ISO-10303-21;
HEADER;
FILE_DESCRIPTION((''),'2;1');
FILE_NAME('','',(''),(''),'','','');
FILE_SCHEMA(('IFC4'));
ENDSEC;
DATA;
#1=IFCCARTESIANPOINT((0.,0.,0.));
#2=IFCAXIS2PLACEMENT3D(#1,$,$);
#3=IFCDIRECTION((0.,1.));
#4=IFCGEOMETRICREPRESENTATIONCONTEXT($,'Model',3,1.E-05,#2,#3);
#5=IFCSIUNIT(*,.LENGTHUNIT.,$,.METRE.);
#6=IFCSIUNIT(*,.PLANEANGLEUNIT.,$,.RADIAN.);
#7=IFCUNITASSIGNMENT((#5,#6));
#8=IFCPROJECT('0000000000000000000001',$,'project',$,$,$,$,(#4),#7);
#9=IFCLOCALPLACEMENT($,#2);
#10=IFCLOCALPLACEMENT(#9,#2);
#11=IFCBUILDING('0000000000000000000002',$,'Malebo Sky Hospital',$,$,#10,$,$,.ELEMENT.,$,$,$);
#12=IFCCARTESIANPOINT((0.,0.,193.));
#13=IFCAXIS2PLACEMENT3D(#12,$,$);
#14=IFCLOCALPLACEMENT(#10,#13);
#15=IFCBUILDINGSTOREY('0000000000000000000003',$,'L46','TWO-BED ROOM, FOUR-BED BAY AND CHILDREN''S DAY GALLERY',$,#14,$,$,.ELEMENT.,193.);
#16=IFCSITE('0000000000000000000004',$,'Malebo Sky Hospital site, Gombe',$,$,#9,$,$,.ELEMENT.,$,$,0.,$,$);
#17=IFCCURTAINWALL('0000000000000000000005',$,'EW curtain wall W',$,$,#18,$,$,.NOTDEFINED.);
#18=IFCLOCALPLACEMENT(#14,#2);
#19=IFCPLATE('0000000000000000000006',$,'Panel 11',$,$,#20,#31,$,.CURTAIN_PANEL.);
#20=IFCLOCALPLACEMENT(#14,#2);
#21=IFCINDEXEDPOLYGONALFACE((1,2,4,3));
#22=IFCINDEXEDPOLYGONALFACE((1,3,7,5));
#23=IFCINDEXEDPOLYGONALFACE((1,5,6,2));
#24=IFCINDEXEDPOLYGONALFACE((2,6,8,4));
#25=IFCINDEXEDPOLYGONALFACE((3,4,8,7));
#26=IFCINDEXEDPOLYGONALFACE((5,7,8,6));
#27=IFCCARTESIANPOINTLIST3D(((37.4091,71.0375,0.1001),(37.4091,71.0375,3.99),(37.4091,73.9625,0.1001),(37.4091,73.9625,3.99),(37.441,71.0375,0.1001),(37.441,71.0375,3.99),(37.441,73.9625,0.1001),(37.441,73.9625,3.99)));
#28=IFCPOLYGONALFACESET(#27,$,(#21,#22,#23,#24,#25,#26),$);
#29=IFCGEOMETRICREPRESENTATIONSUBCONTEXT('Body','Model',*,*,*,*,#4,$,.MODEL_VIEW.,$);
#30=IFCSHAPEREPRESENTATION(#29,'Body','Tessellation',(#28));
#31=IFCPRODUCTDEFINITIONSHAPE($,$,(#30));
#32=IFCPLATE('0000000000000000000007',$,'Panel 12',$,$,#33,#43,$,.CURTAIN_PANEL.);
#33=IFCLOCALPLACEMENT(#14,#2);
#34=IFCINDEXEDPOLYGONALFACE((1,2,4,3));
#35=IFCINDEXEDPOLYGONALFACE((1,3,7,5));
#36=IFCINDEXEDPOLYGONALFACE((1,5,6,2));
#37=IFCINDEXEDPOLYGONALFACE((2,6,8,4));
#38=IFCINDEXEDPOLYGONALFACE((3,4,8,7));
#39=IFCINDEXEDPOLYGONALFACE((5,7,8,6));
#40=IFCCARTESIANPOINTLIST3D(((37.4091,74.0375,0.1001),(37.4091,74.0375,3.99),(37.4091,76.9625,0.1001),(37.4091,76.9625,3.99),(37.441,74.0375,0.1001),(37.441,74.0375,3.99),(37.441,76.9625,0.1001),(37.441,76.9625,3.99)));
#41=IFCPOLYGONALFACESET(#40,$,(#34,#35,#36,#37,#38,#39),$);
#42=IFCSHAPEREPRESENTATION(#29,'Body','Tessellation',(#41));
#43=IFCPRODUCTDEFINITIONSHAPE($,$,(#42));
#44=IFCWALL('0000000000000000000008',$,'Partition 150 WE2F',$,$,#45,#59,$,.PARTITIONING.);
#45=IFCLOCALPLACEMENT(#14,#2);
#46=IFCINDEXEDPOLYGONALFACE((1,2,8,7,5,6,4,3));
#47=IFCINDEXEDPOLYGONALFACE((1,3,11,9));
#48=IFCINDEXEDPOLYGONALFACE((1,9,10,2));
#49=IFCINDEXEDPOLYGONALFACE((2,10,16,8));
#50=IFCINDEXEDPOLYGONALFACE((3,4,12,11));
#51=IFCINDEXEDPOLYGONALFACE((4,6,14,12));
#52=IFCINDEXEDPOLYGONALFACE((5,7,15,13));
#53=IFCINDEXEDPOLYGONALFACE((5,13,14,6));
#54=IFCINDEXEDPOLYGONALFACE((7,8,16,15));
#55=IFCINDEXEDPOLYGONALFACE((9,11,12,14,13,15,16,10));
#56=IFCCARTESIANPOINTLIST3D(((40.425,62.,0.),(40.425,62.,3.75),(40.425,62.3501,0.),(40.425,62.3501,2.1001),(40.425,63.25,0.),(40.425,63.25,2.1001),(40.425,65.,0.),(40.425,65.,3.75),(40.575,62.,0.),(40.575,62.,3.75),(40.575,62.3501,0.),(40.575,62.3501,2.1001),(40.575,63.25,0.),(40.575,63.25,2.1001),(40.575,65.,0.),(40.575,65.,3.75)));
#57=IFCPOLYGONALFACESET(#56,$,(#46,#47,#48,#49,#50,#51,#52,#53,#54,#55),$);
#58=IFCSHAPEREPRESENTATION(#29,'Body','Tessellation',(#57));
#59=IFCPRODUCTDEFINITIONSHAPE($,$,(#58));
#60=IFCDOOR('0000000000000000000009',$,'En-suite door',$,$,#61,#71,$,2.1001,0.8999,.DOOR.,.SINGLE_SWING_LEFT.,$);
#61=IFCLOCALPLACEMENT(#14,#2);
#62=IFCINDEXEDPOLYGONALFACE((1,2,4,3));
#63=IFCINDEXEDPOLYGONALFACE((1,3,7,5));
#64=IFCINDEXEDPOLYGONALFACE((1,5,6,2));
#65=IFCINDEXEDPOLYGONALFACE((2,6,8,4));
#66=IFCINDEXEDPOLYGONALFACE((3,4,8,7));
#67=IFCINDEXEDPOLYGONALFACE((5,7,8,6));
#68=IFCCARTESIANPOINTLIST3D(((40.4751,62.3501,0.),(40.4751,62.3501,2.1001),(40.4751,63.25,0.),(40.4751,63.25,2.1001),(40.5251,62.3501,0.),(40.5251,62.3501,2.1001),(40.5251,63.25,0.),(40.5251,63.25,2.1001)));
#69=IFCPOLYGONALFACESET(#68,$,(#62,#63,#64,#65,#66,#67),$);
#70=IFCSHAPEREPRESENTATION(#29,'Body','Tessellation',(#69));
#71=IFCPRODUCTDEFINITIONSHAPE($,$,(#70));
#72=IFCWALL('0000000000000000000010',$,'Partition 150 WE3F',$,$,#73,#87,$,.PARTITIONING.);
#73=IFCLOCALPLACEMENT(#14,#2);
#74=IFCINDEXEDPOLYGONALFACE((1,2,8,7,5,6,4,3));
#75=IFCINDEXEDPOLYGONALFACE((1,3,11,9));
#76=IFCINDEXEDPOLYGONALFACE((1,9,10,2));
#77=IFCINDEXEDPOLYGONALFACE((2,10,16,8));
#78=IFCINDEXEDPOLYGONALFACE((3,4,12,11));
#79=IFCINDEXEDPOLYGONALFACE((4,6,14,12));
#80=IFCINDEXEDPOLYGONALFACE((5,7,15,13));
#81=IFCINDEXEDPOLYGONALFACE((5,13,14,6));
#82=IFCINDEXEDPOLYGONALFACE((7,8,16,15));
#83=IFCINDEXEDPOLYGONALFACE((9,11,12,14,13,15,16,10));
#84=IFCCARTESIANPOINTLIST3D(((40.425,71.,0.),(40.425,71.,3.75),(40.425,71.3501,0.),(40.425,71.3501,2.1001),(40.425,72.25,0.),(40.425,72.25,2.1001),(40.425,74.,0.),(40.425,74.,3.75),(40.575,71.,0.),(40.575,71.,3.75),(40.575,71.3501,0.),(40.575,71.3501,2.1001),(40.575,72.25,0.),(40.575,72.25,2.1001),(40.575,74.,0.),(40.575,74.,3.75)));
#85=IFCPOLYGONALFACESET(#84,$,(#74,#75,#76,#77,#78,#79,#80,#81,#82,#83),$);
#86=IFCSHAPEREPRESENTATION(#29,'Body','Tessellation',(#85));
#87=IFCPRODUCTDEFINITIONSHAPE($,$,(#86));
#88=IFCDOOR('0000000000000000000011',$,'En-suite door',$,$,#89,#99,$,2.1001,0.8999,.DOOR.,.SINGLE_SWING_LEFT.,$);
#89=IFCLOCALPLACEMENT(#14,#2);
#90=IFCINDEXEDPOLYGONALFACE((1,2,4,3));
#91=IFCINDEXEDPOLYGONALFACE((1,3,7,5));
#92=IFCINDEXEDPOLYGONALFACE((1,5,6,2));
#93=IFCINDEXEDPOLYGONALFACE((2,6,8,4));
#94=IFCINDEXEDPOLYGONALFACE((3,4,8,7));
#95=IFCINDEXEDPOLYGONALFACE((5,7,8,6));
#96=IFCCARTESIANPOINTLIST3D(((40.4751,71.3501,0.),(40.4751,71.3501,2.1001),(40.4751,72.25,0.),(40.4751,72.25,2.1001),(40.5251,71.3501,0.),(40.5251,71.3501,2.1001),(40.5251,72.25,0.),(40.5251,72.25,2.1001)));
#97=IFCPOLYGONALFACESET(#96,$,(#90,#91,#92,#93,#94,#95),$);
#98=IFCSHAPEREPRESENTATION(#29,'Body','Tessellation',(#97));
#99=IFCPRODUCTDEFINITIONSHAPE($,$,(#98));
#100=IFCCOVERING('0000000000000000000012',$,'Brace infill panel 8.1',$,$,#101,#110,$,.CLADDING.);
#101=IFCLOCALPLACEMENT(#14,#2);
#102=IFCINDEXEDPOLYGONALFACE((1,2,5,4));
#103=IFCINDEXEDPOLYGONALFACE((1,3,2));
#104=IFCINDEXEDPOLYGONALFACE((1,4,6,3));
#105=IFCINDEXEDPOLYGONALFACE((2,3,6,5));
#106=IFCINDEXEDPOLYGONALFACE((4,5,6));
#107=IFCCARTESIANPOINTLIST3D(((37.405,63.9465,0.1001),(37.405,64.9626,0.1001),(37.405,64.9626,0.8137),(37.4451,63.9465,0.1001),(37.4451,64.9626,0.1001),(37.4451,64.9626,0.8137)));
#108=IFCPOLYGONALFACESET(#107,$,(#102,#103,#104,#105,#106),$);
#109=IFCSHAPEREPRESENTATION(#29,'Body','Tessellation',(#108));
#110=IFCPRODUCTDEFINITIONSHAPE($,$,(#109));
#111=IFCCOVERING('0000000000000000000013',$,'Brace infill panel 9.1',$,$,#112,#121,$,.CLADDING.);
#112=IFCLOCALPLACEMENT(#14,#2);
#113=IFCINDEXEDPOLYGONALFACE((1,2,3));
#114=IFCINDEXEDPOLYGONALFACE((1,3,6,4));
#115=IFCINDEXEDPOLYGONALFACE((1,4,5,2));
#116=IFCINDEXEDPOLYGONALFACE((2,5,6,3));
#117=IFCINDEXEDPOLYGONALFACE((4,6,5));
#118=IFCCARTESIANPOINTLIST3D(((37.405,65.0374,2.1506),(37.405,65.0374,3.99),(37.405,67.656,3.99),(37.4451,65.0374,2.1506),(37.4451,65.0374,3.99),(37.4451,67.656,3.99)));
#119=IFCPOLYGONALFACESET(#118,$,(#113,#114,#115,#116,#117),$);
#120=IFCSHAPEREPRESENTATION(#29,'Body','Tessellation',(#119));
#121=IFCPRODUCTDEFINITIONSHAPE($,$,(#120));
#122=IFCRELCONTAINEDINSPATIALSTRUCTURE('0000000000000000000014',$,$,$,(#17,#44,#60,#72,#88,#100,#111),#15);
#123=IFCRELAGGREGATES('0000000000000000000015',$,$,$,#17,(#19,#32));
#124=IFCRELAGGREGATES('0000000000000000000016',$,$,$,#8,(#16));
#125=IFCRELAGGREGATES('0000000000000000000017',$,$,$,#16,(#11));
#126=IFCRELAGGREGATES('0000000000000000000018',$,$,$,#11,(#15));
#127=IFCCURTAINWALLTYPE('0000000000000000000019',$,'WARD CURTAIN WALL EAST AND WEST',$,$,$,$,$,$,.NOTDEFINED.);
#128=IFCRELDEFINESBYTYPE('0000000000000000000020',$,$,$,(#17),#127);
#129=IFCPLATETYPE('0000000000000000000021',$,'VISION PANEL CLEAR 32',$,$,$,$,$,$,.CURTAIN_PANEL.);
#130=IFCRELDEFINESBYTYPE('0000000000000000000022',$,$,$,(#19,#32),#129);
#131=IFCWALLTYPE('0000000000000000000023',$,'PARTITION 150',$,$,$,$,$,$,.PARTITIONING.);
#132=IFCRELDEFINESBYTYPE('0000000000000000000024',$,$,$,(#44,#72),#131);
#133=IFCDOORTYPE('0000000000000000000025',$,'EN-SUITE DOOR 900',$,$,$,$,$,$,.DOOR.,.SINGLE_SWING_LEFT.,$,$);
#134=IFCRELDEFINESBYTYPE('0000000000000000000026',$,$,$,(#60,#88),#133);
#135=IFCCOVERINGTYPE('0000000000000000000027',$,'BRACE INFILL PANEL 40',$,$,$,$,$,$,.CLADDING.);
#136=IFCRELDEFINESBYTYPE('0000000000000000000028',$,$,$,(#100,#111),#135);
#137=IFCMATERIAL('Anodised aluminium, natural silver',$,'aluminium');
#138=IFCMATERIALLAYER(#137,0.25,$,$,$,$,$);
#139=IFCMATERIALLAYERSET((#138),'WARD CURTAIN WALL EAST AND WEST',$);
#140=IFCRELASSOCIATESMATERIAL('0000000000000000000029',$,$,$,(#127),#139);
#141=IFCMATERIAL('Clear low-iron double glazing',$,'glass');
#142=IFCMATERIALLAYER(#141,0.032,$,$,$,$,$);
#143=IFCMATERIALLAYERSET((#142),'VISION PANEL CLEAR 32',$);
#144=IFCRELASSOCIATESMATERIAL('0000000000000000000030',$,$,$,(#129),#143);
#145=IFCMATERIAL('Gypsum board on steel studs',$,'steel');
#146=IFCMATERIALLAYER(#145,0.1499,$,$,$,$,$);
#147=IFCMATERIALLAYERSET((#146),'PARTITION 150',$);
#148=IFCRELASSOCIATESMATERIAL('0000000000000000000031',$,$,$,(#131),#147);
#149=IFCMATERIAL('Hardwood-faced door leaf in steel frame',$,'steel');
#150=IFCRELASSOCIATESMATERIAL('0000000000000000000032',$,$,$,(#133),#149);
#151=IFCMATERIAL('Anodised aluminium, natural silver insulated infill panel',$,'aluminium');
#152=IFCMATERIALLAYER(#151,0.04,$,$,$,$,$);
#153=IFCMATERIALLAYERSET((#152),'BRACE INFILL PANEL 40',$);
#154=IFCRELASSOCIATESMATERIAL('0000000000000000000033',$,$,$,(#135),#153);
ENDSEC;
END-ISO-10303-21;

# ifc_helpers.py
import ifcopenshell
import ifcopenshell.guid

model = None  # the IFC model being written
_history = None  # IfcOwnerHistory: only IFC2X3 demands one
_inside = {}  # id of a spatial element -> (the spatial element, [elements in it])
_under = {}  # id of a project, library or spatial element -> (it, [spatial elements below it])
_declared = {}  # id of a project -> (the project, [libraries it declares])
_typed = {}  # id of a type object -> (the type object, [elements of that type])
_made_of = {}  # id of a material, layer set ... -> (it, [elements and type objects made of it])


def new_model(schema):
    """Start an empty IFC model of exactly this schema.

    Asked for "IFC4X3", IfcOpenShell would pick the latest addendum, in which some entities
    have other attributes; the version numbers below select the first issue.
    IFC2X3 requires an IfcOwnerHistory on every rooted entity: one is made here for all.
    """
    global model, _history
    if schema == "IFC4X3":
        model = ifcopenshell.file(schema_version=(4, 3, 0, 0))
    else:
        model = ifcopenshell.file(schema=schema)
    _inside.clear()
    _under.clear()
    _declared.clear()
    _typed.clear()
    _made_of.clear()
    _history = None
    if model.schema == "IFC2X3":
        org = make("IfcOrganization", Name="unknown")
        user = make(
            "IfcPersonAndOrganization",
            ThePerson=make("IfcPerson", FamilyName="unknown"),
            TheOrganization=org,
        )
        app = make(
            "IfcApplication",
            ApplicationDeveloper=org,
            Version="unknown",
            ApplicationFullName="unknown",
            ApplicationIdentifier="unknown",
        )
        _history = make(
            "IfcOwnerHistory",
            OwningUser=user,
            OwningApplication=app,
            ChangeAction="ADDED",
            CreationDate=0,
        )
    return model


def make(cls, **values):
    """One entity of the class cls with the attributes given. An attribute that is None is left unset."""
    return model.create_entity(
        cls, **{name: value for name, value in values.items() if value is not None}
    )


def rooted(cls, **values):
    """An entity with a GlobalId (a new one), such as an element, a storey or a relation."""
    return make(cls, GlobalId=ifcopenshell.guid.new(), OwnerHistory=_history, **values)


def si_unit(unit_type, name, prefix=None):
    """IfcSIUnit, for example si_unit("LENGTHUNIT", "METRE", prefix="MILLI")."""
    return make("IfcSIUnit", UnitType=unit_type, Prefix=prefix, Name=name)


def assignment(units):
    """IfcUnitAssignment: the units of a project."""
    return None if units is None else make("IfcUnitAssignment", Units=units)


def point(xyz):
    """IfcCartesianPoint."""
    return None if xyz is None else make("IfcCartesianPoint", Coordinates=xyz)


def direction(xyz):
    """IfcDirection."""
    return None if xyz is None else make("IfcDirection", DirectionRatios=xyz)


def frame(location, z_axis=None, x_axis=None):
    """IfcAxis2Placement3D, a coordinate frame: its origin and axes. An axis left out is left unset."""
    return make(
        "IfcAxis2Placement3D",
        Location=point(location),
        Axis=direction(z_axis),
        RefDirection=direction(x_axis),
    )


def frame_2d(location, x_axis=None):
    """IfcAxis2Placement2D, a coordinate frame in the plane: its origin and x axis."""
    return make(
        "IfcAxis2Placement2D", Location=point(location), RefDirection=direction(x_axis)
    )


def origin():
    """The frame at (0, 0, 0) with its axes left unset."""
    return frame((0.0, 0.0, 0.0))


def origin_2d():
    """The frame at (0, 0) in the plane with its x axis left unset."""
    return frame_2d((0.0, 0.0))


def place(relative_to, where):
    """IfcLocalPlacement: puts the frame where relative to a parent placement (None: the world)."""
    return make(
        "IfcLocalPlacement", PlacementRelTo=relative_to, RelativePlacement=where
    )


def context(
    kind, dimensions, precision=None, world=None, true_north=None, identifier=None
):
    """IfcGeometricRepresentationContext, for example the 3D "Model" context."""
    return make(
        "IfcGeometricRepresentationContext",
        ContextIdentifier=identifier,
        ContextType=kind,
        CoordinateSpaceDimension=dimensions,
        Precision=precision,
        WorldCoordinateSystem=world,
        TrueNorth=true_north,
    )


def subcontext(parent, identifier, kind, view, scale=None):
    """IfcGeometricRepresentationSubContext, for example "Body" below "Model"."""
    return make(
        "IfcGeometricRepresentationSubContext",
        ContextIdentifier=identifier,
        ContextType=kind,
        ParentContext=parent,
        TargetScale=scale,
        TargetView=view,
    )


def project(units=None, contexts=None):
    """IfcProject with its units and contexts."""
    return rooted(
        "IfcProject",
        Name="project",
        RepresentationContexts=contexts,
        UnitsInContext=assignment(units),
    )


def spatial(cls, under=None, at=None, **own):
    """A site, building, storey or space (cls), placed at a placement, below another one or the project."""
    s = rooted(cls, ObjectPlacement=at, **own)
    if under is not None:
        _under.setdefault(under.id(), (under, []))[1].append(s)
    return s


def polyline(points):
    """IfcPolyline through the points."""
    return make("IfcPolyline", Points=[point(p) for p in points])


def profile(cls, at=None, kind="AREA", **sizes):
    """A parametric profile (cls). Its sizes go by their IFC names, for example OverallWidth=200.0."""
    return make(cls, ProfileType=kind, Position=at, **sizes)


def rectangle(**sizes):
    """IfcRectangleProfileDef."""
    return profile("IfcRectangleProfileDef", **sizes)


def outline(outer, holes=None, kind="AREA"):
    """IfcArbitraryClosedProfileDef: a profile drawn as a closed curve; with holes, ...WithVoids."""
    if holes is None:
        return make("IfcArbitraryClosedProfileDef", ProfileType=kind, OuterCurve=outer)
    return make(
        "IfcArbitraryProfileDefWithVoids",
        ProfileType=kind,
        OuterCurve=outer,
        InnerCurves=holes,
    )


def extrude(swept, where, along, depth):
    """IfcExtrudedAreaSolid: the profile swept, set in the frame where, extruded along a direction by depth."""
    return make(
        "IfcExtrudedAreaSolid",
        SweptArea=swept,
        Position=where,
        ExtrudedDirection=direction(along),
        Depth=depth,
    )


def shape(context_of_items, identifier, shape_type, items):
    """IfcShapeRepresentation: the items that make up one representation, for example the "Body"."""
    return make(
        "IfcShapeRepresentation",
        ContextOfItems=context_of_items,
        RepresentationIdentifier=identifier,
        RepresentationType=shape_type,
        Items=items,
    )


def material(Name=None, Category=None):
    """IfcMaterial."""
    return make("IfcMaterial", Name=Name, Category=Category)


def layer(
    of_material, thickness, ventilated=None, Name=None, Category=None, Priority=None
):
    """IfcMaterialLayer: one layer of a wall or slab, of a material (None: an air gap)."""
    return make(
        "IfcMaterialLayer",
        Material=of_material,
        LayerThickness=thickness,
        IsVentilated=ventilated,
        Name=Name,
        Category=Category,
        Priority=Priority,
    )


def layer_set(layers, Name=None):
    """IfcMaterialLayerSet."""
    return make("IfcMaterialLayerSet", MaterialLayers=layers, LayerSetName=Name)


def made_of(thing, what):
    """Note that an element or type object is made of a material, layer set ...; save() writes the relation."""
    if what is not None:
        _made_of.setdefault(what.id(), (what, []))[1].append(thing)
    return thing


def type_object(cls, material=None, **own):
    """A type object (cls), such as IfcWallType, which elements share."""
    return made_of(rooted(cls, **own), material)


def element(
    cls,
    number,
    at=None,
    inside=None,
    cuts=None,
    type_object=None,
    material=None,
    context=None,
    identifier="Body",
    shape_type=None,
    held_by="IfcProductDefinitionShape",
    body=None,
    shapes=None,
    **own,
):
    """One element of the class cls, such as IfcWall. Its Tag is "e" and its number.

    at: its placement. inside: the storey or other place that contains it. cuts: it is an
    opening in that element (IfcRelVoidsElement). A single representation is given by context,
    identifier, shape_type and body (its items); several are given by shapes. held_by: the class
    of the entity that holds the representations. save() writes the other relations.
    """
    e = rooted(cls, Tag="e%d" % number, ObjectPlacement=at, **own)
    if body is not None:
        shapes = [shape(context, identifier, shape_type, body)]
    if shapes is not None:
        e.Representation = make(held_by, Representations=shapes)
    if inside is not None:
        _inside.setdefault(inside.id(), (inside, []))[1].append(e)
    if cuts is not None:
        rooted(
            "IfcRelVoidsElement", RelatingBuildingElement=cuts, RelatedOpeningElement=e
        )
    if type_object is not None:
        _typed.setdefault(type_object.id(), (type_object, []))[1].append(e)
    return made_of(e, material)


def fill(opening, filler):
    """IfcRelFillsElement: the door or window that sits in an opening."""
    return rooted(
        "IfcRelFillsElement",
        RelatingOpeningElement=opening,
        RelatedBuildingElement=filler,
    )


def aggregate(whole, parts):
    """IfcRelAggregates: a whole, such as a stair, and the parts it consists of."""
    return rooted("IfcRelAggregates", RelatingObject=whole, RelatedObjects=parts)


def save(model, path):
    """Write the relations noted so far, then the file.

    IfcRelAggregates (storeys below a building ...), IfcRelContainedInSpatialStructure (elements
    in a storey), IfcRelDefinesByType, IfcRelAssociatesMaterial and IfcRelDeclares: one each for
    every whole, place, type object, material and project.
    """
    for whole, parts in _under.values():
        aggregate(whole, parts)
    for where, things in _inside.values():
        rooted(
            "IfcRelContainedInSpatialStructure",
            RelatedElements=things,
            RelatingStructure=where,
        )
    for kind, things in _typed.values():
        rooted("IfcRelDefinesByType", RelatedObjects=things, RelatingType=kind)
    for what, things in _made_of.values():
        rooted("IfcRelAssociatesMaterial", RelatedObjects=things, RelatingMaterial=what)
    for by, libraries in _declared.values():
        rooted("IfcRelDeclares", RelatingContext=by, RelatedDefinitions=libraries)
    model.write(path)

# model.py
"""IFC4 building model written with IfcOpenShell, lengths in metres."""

from ifc_helpers import new_model, si_unit, direction, frame, frame_2d, origin, origin_2d, place, context, subcontext, project, spatial, polyline, rectangle, outline, extrude, material, layer, layer_set, type_object, element, fill, aggregate, save


model = new_model("IFC4")

# Units and contexts
model_context = context("Model", 3, precision=1e-05, world=origin(), true_north=direction((0.0, 1.0)))
body_context = subcontext(model_context, "Body", "Model", "MODEL_VIEW")
ifc_project = project(units=[si_unit("LENGTHUNIT", "METRE"), si_unit("PLANEANGLEUNIT", "RADIAN")], contexts=[model_context])

# Site, building, storey
site_placement = place(None, origin())
site = spatial("IfcSite", under=ifc_project, at=site_placement, Name="Malebo Sky Hospital site, Gombe", CompositionType="ELEMENT", RefElevation=0.0)
building_placement = place(site_placement, origin())
building = spatial("IfcBuilding", under=site, at=building_placement, Name="Malebo Sky Hospital", CompositionType="ELEMENT")
storey_placement = place(building_placement, frame((0.0, 0.0, 193.0)))
storey = spatial("IfcBuildingStorey", under=building, at=storey_placement, Name="L46", Description="TWO-BED ROOM, FOUR-BED BAY AND CHILDREN'S DAY GALLERY", CompositionType="ELEMENT", Elevation=193.0)

# Curtain wall
ifc_material_1 = material(Name="Anodised aluminium, natural silver", Category="aluminium")
ifc_layer_1 = layer(ifc_material_1, 0.25)
ifc_layer_set_1 = layer_set([ifc_layer_1], Name="WARD CURTAIN WALL EAST AND WEST")
curtain_wall_type = type_object("IfcCurtainWallType", Name="WARD CURTAIN WALL EAST AND WEST", PredefinedType="NOTDEFINED", material=ifc_layer_set_1)
curtain_wall_placement = place(storey_placement, origin())
curtain_wall = element("IfcCurtainWall", 1, at=curtain_wall_placement, inside=storey, type_object=curtain_wall_type, Name="EW curtain wall W", PredefinedType="NOTDEFINED")

# Plates
ifc_material_2 = material(Name="Clear low-iron double glazing", Category="glass")
ifc_layer_2 = layer(ifc_material_2, 0.032)
ifc_layer_set_2 = layer_set([ifc_layer_2], Name="VISION PANEL CLEAR 32")
plate_type = type_object("IfcPlateType", Name="VISION PANEL CLEAR 32", PredefinedType="CURTAIN_PANEL", material=ifc_layer_set_2)
plate_1_placement = place(storey_placement, frame((37.425, 72.5, 0.1001), z_axis=(0.0, 0.0, 1.0), x_axis=(0.0, 1.0, 0.0)))
plate_1 = element("IfcPlate", 2, at=plate_1_placement, type_object=plate_type, Name="Panel 11", PredefinedType="CURTAIN_PANEL", context=body_context, shape_type="SweptSolid", body=[
    extrude(rectangle(XDim=2.925, YDim=0.032, at=origin_2d()), origin(), (0.0, 0.0, 1.0), 3.8899),
])
plate_2_placement = place(storey_placement, frame((37.425, 75.5, 0.1001), z_axis=(0.0, 0.0, 1.0), x_axis=(0.0, 1.0, 0.0)))
plate_2 = element("IfcPlate", 3, at=plate_2_placement, type_object=plate_type, Name="Panel 12", PredefinedType="CURTAIN_PANEL", context=body_context, shape_type="SweptSolid", body=[
    extrude(rectangle(XDim=2.925, YDim=0.032, at=origin_2d()), origin(), (0.0, 0.0, 1.0), 3.8899),
])
aggregate(curtain_wall, [plate_1, plate_2])

# Walls, openings, doors
ifc_material_3 = material(Name="Gypsum board on steel studs", Category="steel")
ifc_layer_3 = layer(ifc_material_3, 0.1499)
ifc_layer_set_3 = layer_set([ifc_layer_3], Name="PARTITION 150")
wall_type = type_object("IfcWallType", Name="PARTITION 150", PredefinedType="PARTITIONING", material=ifc_layer_set_3)
wall_1_placement = place(storey_placement, frame((40.5, 62.0, 0.0), z_axis=(0.0, 0.0, 1.0), x_axis=(0.0, 1.0, 0.0)))
wall_1 = element("IfcWall", 4, at=wall_1_placement, inside=storey, type_object=wall_type, Name="Partition 150 WE2F", PredefinedType="PARTITIONING", context=body_context, shape_type="SweptSolid", body=[
    extrude(rectangle(XDim=3.0, YDim=0.1499, at=frame_2d((1.5, 0.0))), origin(), (0.0, 0.0, 1.0), 3.75),
])
opening_1_placement = place(wall_1_placement, frame((0.3501, 0.0, 0.0)))
opening_1 = element("IfcOpeningElement", 5, at=opening_1_placement, cuts=wall_1, PredefinedType="OPENING", context=body_context, shape_type="SweptSolid", body=[
    extrude(rectangle(XDim=0.8999, YDim=2.1001, at=frame_2d((0.45, 1.05))), frame((0.0, 0.085, 0.0), z_axis=(0.0, -1.0, 0.0), x_axis=(1.0, 0.0, 0.0)), (0.0, 0.0, 1.0), 0.1699),
])
ifc_material_4 = material(Name="Hardwood-faced door leaf in steel frame", Category="steel")
door_type = type_object("IfcDoorType", Name="EN-SUITE DOOR 900", OperationType="SINGLE_SWING_LEFT", PredefinedType="DOOR", material=ifc_material_4)
door_1_placement = place(opening_1_placement, origin())
door_1 = element("IfcDoor", 6, at=door_1_placement, inside=storey, type_object=door_type, Name="En-suite door", OperationType="SINGLE_SWING_LEFT", OverallHeight=2.1001, OverallWidth=0.8999, PredefinedType="DOOR", context=body_context, shape_type="SweptSolid", body=[
    extrude(rectangle(XDim=0.8999, YDim=2.1001, at=frame_2d((0.45, 1.05))), frame((0.0, 0.0249, 0.0), z_axis=(0.0, -1.0, 0.0), x_axis=(1.0, 0.0, 0.0)), (0.0, 0.0, 1.0), 0.05),
])
fill(opening_1, door_1)
wall_2_placement = place(storey_placement, frame((40.5, 71.0, 0.0), z_axis=(0.0, 0.0, 1.0), x_axis=(0.0, 1.0, 0.0)))
wall_2 = element("IfcWall", 7, at=wall_2_placement, inside=storey, type_object=wall_type, Name="Partition 150 WE3F", PredefinedType="PARTITIONING", context=body_context, shape_type="SweptSolid", body=[
    extrude(rectangle(XDim=3.0, YDim=0.1499, at=frame_2d((1.5, 0.0))), origin(), (0.0, 0.0, 1.0), 3.75),
])
opening_2_placement = place(wall_2_placement, frame((0.3501, 0.0, 0.0)))
opening_2 = element("IfcOpeningElement", 8, at=opening_2_placement, cuts=wall_2, PredefinedType="OPENING", context=body_context, shape_type="SweptSolid", body=[
    extrude(rectangle(XDim=0.8999, YDim=2.1001, at=frame_2d((0.45, 1.05))), frame((0.0, 0.085, 0.0), z_axis=(0.0, -1.0, 0.0), x_axis=(1.0, 0.0, 0.0)), (0.0, 0.0, 1.0), 0.1699),
])
door_2_placement = place(opening_2_placement, origin())
door_2 = element("IfcDoor", 9, at=door_2_placement, inside=storey, type_object=door_type, Name="En-suite door", OperationType="SINGLE_SWING_LEFT", OverallHeight=2.1001, OverallWidth=0.8999, PredefinedType="DOOR", context=body_context, shape_type="SweptSolid", body=[
    extrude(rectangle(XDim=0.8999, YDim=2.1001, at=frame_2d((0.45, 1.05))), frame((0.0, 0.0249, 0.0), z_axis=(0.0, -1.0, 0.0), x_axis=(1.0, 0.0, 0.0)), (0.0, 0.0, 1.0), 0.05),
])
fill(opening_2, door_2)

# Coverings
ifc_material_5 = material(Name="Anodised aluminium, natural silver insulated infill panel", Category="aluminium")
ifc_layer_4 = layer(ifc_material_5, 0.04)
ifc_layer_set_4 = layer_set([ifc_layer_4], Name="BRACE INFILL PANEL 40")
covering_type = type_object("IfcCoveringType", Name="BRACE INFILL PANEL 40", PredefinedType="CLADDING", material=ifc_layer_set_4)
covering_1_placement = place(storey_placement, frame((37.425, 64.4546, 0.1001), z_axis=(0.0, 0.0, 1.0), x_axis=(0.0, 1.0, 0.0)))
element("IfcCovering", 10, at=covering_1_placement, inside=storey, type_object=covering_type, Name="Brace infill panel 8.1", PredefinedType="CLADDING", context=body_context, shape_type="SweptSolid", body=[
    extrude(outline(polyline([(-0.5081, 0.0), (0.5081, 0.0), (0.5081, 0.7136), (-0.5081, 0.0)])), frame((0.0, 0.02, 0.0), z_axis=(0.0, -1.0, 0.0), x_axis=(1.0, 0.0, 0.0)), (0.0, 0.0, 1.0), 0.04),
])
covering_2_placement = place(storey_placement, frame((37.425, 66.3467, 2.1506), z_axis=(0.0, 0.0, 1.0), x_axis=(0.0, 1.0, 0.0)))
element("IfcCovering", 11, at=covering_2_placement, inside=storey, type_object=covering_type, Name="Brace infill panel 9.1", PredefinedType="CLADDING", context=body_context, shape_type="SweptSolid", body=[
    extrude(outline(polyline([(-1.3093, 0.0), (1.3093, 1.8394), (-1.3093, 1.8394), (-1.3093, 0.0)])), frame((0.0, 0.02, 0.0), z_axis=(0.0, -1.0, 0.0), x_axis=(1.0, 0.0, 0.0)), (0.0, 0.0, 1.0), 0.04),
])

save(model, "model.ifc")
